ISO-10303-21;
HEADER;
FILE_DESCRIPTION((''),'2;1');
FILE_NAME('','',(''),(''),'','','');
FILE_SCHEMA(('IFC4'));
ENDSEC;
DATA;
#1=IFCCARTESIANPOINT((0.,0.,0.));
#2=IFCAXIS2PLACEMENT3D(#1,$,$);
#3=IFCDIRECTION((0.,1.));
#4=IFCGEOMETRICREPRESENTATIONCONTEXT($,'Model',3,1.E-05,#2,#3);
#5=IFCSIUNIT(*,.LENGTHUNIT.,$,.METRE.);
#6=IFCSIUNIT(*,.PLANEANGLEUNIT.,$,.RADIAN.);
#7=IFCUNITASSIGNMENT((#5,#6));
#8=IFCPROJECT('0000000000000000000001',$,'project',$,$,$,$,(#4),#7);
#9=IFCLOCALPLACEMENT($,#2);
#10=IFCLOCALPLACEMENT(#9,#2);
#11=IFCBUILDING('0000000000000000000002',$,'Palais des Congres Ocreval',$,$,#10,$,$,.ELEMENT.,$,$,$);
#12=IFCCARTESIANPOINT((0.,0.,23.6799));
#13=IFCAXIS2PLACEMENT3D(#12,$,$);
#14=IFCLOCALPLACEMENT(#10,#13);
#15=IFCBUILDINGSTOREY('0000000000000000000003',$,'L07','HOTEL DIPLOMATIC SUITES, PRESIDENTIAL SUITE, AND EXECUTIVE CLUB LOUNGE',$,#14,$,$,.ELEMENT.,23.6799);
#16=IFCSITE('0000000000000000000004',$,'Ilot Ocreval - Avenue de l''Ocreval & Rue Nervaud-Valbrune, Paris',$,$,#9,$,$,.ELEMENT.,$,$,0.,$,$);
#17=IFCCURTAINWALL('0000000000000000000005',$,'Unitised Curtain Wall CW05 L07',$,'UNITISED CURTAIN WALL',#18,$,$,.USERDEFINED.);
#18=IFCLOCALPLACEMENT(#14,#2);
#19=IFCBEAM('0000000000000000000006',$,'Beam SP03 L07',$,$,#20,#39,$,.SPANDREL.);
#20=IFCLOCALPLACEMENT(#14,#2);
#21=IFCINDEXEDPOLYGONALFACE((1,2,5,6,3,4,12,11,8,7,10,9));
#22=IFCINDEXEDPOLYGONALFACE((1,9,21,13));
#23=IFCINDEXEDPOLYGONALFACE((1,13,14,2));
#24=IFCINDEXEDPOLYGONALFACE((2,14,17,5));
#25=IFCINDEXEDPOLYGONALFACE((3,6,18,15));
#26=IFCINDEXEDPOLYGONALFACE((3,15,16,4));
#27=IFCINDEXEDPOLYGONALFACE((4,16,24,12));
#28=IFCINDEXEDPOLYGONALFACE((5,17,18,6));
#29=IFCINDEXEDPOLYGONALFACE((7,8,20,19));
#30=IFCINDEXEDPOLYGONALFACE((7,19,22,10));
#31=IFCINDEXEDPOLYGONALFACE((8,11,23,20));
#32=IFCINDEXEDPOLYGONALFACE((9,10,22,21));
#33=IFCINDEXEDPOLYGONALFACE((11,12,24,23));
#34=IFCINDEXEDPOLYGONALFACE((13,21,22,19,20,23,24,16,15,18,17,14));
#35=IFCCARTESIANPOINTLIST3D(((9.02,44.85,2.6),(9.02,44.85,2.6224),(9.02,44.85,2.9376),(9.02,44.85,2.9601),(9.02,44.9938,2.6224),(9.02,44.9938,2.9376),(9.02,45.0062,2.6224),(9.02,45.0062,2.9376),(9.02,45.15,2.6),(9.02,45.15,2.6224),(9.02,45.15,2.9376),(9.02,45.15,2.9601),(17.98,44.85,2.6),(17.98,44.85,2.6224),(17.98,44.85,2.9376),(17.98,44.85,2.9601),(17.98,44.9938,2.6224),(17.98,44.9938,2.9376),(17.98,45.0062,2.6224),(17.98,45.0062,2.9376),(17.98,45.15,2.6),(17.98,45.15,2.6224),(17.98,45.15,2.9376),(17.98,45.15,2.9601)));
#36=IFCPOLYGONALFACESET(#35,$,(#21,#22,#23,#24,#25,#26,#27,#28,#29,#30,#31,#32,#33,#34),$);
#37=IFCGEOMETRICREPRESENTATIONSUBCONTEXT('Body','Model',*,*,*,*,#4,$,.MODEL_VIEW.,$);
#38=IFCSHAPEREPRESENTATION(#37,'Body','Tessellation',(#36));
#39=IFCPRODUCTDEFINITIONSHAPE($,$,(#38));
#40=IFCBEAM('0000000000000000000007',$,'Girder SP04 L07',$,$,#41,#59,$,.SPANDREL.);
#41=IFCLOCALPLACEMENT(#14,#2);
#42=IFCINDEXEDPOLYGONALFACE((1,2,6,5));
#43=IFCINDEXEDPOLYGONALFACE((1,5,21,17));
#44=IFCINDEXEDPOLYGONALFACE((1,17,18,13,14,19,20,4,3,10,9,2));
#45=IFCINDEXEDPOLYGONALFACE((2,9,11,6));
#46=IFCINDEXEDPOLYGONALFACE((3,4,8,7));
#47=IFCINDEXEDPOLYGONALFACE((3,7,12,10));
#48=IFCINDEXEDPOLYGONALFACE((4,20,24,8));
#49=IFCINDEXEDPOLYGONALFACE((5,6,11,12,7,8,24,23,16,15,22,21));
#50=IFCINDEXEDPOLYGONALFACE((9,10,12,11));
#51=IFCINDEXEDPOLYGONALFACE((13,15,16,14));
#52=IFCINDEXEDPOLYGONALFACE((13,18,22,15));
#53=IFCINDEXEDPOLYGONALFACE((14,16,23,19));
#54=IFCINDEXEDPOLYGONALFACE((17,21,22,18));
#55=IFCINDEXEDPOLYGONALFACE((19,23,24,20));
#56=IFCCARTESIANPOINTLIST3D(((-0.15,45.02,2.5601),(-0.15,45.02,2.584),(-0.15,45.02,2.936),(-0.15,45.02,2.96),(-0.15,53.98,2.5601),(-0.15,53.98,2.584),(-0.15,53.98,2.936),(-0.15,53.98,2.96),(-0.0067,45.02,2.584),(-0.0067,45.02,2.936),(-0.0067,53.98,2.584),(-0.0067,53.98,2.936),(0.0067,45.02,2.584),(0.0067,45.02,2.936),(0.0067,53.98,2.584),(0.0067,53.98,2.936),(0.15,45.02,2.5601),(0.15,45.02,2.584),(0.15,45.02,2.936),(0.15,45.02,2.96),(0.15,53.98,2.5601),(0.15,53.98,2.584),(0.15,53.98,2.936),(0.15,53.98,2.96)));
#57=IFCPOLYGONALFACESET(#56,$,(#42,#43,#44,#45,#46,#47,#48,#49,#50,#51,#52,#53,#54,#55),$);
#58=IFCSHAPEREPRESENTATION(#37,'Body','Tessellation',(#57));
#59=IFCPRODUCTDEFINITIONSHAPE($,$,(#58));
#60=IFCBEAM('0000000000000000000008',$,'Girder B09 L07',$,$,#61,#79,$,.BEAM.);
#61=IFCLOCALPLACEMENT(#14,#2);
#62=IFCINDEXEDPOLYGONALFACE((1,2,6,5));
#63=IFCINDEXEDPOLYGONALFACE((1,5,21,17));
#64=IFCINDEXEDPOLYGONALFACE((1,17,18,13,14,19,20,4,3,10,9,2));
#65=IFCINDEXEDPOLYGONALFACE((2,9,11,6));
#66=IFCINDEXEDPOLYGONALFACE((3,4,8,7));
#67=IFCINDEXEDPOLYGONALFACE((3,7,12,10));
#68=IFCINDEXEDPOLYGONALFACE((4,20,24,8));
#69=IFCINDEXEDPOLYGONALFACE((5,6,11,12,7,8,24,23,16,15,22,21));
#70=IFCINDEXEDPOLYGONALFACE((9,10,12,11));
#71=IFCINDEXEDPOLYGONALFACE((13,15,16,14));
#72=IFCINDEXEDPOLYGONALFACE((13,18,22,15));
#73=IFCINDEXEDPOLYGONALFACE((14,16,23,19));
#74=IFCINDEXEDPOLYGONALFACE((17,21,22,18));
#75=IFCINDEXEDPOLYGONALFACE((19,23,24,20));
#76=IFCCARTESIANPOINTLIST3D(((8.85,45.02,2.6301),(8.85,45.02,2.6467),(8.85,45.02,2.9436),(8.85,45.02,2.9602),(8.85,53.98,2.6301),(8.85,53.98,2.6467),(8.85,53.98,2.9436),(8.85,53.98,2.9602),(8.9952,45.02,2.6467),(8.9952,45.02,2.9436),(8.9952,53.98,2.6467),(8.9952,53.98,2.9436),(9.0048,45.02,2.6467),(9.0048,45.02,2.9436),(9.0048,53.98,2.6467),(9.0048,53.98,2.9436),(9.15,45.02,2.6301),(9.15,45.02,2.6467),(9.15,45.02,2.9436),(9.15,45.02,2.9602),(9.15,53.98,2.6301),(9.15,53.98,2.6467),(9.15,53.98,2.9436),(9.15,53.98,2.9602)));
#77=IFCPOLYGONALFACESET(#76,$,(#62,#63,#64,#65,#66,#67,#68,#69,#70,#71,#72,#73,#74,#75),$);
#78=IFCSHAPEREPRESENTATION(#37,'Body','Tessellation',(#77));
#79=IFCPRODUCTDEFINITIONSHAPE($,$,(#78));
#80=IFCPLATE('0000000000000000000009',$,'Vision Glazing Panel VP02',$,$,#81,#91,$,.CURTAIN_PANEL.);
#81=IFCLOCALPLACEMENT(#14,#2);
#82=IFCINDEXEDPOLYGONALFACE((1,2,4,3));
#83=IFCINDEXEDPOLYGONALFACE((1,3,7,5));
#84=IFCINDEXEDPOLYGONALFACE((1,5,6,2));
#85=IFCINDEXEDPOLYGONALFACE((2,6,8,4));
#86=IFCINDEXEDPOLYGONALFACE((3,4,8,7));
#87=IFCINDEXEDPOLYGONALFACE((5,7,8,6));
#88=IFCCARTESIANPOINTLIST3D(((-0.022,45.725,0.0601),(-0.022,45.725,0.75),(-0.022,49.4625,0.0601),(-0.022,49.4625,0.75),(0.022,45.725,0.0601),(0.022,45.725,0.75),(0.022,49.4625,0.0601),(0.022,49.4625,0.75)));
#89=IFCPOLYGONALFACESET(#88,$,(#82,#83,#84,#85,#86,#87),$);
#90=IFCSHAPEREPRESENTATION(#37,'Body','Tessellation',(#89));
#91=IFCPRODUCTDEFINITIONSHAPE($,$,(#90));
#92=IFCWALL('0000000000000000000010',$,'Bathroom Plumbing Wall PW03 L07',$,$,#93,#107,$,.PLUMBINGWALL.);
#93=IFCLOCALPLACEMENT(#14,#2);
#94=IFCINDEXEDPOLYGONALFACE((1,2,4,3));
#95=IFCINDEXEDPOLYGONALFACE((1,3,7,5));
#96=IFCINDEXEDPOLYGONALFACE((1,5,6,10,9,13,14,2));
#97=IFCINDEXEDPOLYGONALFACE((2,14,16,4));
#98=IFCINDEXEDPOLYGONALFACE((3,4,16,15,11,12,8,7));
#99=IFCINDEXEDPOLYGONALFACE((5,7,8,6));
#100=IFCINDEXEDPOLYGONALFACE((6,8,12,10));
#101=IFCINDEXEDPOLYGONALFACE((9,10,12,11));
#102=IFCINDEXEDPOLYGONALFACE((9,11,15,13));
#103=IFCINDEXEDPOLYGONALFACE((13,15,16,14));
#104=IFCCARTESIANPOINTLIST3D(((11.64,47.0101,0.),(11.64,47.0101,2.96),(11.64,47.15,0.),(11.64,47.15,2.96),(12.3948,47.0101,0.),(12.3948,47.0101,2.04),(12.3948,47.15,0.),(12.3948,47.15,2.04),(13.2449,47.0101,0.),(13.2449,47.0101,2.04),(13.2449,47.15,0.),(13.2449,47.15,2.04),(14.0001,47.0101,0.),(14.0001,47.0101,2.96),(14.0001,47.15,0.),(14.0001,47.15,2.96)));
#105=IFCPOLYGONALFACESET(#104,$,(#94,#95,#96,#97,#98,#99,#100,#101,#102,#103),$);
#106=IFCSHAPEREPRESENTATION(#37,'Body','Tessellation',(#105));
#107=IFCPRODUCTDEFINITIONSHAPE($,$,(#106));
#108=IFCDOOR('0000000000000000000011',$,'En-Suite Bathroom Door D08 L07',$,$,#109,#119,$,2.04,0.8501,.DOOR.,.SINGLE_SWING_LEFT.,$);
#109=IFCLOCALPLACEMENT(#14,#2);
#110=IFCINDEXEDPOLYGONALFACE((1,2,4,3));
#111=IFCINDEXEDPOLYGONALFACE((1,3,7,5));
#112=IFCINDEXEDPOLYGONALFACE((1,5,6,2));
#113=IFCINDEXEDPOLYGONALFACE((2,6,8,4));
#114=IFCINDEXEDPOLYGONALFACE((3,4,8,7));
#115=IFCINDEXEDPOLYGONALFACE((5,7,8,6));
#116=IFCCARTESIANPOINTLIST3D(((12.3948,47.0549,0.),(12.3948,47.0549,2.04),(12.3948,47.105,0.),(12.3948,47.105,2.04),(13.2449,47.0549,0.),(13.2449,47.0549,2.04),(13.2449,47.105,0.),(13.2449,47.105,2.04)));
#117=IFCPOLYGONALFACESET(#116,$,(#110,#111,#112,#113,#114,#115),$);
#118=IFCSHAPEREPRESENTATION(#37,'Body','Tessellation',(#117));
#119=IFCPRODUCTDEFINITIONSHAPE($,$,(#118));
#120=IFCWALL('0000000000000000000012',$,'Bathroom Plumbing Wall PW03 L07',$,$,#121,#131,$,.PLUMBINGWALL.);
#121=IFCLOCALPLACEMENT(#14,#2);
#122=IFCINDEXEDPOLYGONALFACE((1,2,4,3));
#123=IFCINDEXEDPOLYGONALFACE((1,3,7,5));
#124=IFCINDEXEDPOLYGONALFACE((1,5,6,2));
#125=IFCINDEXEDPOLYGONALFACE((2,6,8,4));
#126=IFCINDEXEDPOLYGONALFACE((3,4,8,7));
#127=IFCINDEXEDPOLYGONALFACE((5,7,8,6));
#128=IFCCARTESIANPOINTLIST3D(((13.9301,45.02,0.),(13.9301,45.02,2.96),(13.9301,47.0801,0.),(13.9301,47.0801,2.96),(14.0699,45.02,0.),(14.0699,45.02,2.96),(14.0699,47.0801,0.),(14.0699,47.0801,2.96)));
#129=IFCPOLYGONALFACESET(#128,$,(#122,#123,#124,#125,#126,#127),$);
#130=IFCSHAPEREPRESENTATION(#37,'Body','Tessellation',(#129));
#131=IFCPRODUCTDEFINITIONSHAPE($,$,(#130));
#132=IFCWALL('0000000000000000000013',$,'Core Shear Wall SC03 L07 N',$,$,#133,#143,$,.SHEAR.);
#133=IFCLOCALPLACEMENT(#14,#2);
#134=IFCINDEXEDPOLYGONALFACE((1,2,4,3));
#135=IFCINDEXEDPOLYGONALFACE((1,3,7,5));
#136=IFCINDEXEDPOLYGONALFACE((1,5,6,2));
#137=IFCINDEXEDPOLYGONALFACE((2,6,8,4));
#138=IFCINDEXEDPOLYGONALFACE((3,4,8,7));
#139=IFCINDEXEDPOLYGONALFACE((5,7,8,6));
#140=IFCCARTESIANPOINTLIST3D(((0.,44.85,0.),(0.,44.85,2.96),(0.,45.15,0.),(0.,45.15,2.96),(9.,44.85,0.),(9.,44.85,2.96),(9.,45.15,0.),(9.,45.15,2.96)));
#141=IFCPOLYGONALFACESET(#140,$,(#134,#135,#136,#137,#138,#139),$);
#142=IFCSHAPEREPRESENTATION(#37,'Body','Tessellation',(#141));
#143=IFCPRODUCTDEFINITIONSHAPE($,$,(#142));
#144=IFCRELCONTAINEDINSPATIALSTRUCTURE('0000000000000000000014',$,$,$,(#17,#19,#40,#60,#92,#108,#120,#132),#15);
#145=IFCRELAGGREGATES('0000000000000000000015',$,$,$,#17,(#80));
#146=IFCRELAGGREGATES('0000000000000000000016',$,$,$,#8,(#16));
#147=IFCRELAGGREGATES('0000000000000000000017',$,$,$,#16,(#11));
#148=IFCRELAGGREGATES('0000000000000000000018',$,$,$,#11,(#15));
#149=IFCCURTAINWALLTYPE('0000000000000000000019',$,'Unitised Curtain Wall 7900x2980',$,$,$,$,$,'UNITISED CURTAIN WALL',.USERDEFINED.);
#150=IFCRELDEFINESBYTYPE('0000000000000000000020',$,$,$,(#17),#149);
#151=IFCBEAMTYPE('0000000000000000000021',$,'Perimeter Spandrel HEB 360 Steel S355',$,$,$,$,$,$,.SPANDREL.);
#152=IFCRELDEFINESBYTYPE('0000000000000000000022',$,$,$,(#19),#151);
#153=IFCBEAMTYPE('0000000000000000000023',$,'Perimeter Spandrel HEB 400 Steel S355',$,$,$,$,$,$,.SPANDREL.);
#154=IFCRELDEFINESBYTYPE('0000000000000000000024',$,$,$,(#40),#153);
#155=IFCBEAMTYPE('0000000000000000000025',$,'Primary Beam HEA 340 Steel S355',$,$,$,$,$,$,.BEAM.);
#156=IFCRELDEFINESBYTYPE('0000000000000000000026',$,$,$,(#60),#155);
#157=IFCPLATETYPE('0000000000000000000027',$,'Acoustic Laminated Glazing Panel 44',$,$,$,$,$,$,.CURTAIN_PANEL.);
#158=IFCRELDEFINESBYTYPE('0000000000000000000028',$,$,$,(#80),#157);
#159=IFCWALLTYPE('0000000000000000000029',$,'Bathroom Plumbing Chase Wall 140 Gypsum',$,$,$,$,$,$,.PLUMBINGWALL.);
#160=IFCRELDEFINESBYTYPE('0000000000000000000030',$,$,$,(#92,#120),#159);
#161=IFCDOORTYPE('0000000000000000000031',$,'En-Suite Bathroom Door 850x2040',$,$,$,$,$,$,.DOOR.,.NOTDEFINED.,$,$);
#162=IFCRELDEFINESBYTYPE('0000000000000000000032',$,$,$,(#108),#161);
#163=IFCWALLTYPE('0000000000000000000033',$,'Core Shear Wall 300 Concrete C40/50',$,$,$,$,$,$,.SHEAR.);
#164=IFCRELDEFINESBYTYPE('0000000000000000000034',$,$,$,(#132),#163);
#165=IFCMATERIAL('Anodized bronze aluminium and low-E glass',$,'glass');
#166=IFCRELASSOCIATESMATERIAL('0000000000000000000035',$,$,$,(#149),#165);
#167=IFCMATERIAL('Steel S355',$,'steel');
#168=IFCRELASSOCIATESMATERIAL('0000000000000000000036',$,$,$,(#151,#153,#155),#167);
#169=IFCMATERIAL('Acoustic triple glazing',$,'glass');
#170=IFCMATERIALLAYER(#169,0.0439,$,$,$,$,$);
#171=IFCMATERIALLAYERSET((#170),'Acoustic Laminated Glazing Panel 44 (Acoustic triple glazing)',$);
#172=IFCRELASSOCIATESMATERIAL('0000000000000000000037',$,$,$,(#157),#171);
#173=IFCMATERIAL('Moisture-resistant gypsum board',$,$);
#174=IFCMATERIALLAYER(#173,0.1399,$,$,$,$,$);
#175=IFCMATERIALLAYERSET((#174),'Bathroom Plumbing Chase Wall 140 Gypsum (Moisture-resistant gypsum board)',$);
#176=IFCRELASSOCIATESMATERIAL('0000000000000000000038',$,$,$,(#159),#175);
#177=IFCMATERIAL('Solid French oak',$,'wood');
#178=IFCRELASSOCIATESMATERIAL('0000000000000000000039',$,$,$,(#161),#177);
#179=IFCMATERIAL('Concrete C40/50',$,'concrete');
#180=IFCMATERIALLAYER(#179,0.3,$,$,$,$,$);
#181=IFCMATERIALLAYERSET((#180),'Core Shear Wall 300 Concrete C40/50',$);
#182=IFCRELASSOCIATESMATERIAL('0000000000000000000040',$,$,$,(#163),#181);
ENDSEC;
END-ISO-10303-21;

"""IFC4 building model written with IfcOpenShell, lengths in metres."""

from ifc_helpers import new_model, si_unit, direction, frame, frame_2d, origin, origin_2d, place, context, subcontext, project, spatial, rectangle, i_section, extrude, material, layer, layer_set, material_profile, profile_set, type_object, element, fill, aggregate, save


model = new_model("IFC4")

# Units and contexts
model_context = context("Model", 3, precision=1e-05, world=origin(), true_north=direction((0.0, 1.0)))
body_context = subcontext(model_context, "Body", "Model", "MODEL_VIEW")
ifc_project = project(units=[si_unit("LENGTHUNIT", "METRE"), si_unit("PLANEANGLEUNIT", "RADIAN")], contexts=[model_context])

# Site, building, storey
site_placement = place(None, origin())
site = spatial("IfcSite", under=ifc_project, at=site_placement, Name="Ilot Ocreval - Avenue de l'Ocreval & Rue Nervaud-Valbrune, Paris", CompositionType="ELEMENT", RefElevation=0.0)
building_placement = place(site_placement, origin())
building = spatial("IfcBuilding", under=site, at=building_placement, Name="Palais des Congres Ocreval", CompositionType="ELEMENT")
storey_placement = place(building_placement, frame((0.0, 0.0, 23.6799)))
storey = spatial("IfcBuildingStorey", under=building, at=storey_placement, Name="L07", Description="HOTEL DIPLOMATIC SUITES, PRESIDENTIAL SUITE, AND EXECUTIVE CLUB LOUNGE", CompositionType="ELEMENT", Elevation=23.6799)

# Shared definitions
ifc_material_1 = material(Name="Steel S355", Category="steel")

# Curtain wall
ifc_material_2 = material(Name="Anodized bronze aluminium and low-E glass", Category="glass")
curtain_wall_type = type_object("IfcCurtainWallType", Name="Unitised Curtain Wall 7900x2980", ElementType="UNITISED CURTAIN WALL", PredefinedType="USERDEFINED", material=ifc_material_2)
curtain_wall_placement = place(storey_placement, origin())
curtain_wall = element("IfcCurtainWall", 1, at=curtain_wall_placement, inside=storey, type_object=curtain_wall_type, Name="Unitised Curtain Wall CW05 L07", ObjectType="UNITISED CURTAIN WALL", PredefinedType="USERDEFINED")

# Beams
ifc_material_profile_1 = material_profile(ifc_material_1, i_section(OverallWidth=0.3, OverallDepth=0.3601, WebThickness=0.0125, FlangeThickness=0.0225, at=origin_2d()), Name="HEB 360")
ifc_profile_set_1 = profile_set([ifc_material_profile_1], Name="Steel S355")
beam_type_1 = type_object("IfcBeamType", Name="Perimeter Spandrel HEB 360 Steel S355", PredefinedType="SPANDREL", material=ifc_profile_set_1)
beam_1_placement = place(storey_placement, frame((9.02, 45.0, 2.78), z_axis=(1.0, 0.0, 0.0), x_axis=(0.0, 1.0, 0.0)))
element("IfcBeam", 2, at=beam_1_placement, inside=storey, type_object=beam_type_1, Name="Beam SP03 L07", PredefinedType="SPANDREL", context=body_context, shape_type="SweptSolid", body=[
    extrude(i_section(OverallWidth=0.3, OverallDepth=0.3601, WebThickness=0.0125, FlangeThickness=0.0225, at=origin_2d()), origin(), (0.0, 0.0, 1.0), 8.96),
])
ifc_material_profile_2 = material_profile(ifc_material_1, i_section(OverallWidth=0.3, OverallDepth=0.3999, WebThickness=0.0134, FlangeThickness=0.0239, at=origin_2d()), Name="HEB 400")
ifc_profile_set_2 = profile_set([ifc_material_profile_2], Name="Steel S355")
beam_type_2 = type_object("IfcBeamType", Name="Perimeter Spandrel HEB 400 Steel S355", PredefinedType="SPANDREL", material=ifc_profile_set_2)
beam_2_placement = place(storey_placement, frame((0.0, 45.02, 2.76), z_axis=(0.0, 1.0, 0.0), x_axis=(-1.0, 0.0, 0.0)))
element("IfcBeam", 3, at=beam_2_placement, inside=storey, type_object=beam_type_2, Name="Girder SP04 L07", PredefinedType="SPANDREL", context=body_context, shape_type="SweptSolid", body=[
    extrude(i_section(OverallWidth=0.3, OverallDepth=0.3999, WebThickness=0.0134, FlangeThickness=0.0239, at=origin_2d()), origin(), (0.0, 0.0, 1.0), 8.96),
])
ifc_material_profile_3 = material_profile(ifc_material_1, i_section(OverallWidth=0.3, OverallDepth=0.3301, WebThickness=0.0095, FlangeThickness=0.0166, at=origin_2d()), Name="HEA 340")
ifc_profile_set_3 = profile_set([ifc_material_profile_3], Name="Steel S355")
beam_type_3 = type_object("IfcBeamType", Name="Primary Beam HEA 340 Steel S355", PredefinedType="BEAM", material=ifc_profile_set_3)
beam_3_placement = place(storey_placement, frame((9.0, 45.02, 2.7952), z_axis=(0.0, 1.0, 0.0), x_axis=(-1.0, 0.0, 0.0)))
element("IfcBeam", 4, at=beam_3_placement, inside=storey, type_object=beam_type_3, Name="Girder B09 L07", PredefinedType="BEAM", context=body_context, shape_type="SweptSolid", body=[
    extrude(i_section(OverallWidth=0.3, OverallDepth=0.3301, WebThickness=0.0095, FlangeThickness=0.0166, at=origin_2d()), origin(), (0.0, 0.0, 1.0), 8.96),
])

# Plate
ifc_material_3 = material(Name="Acoustic triple glazing", Category="glass")
ifc_layer_1 = layer(ifc_material_3, 0.0439)
ifc_layer_set_1 = layer_set([ifc_layer_1], Name="Acoustic Laminated Glazing Panel 44 (Acoustic triple glazing)")
plate_type = type_object("IfcPlateType", Name="Acoustic Laminated Glazing Panel 44", PredefinedType="CURTAIN_PANEL", material=ifc_layer_set_1)
plate_placement = place(storey_placement, frame((0.0, 47.5938, 0.0601), z_axis=(0.0, 0.0, 1.0), x_axis=(0.0, 1.0, 0.0)))
plate = element("IfcPlate", 5, at=plate_placement, type_object=plate_type, Name="Vision Glazing Panel VP02", PredefinedType="CURTAIN_PANEL", context=body_context, shape_type="SweptSolid", body=[
    extrude(rectangle(XDim=3.7375, YDim=0.0439, at=origin_2d()), origin(), (0.0, 0.0, 1.0), 0.6899),
])
aggregate(curtain_wall, [plate])

# Wall, opening, door
ifc_material_4 = material(Name="Moisture-resistant gypsum board")
ifc_layer_2 = layer(ifc_material_4, 0.1399)
ifc_layer_set_2 = layer_set([ifc_layer_2], Name="Bathroom Plumbing Chase Wall 140 Gypsum (Moisture-resistant gypsum board)")
wall_type_1 = type_object("IfcWallType", Name="Bathroom Plumbing Chase Wall 140 Gypsum", PredefinedType="PLUMBINGWALL", material=ifc_layer_set_2)
wall_1_placement = place(storey_placement, frame((11.6399, 47.0801, 0.0), z_axis=(0.0, 0.0, 1.0), x_axis=(1.0, 0.0, 0.0)))
wall_1 = element("IfcWall", 6, at=wall_1_placement, inside=storey, type_object=wall_type_1, Name="Bathroom Plumbing Wall PW03 L07", PredefinedType="PLUMBINGWALL", context=body_context, shape_type="SweptSolid", body=[
    extrude(rectangle(XDim=2.3601, YDim=0.1399, at=frame_2d((1.1802, 0.0))), origin(), (0.0, 0.0, 1.0), 2.96),
])
opening_1_placement = place(wall_1_placement, frame((0.7549, 0.0, 0.0)))
opening_1 = element("IfcOpeningElement", 7, at=opening_1_placement, cuts=wall_1, PredefinedType="OPENING", context=body_context, shape_type="SweptSolid", body=[
    extrude(rectangle(XDim=0.8501, YDim=2.04, at=frame_2d((0.425, 1.02))), frame((0.0, 0.0798, 0.0), z_axis=(0.0, -1.0, 0.0), x_axis=(1.0, 0.0, 0.0)), (0.0, 0.0, 1.0), 0.1599),
])
ifc_material_5 = material(Name="Solid French oak", Category="wood")
door_type_1 = type_object("IfcDoorType", Name="En-Suite Bathroom Door 850x2040", OperationType="NOTDEFINED", PredefinedType="DOOR", material=ifc_material_5)
door_1_placement = place(opening_1_placement, origin())
door_1 = element("IfcDoor", 8, at=door_1_placement, inside=storey, type_object=door_type_1, Name="En-Suite Bathroom Door D08 L07", OperationType="SINGLE_SWING_LEFT", OverallHeight=2.04, OverallWidth=0.8501, PredefinedType="DOOR", context=body_context, shape_type="SweptSolid", body=[
    extrude(rectangle(XDim=0.8501, YDim=2.04, at=frame_2d((0.425, 1.02))), frame((0.0, 0.0249, 0.0), z_axis=(0.0, -1.0, 0.0), x_axis=(1.0, 0.0, 0.0)), (0.0, 0.0, 1.0), 0.05),
])
fill(opening_1, door_1)

# Walls
wall_2_placement = place(storey_placement, frame((14.0, 45.02, 0.0), z_axis=(0.0, 0.0, 1.0), x_axis=(0.0, 1.0, 0.0)))
element("IfcWall", 9, at=wall_2_placement, inside=storey, type_object=wall_type_1, Name="Bathroom Plumbing Wall PW03 L07", PredefinedType="PLUMBINGWALL", context=body_context, shape_type="SweptSolid", body=[
    extrude(rectangle(XDim=2.0601, YDim=0.1399, at=frame_2d((1.03, 0.0))), origin(), (0.0, 0.0, 1.0), 2.96),
])
ifc_material_6 = material(Name="Concrete C40/50", Category="concrete")
ifc_layer_3 = layer(ifc_material_6, 0.3)
ifc_layer_set_3 = layer_set([ifc_layer_3], Name="Core Shear Wall 300 Concrete C40/50")
wall_type_2 = type_object("IfcWallType", Name="Core Shear Wall 300 Concrete C40/50", PredefinedType="SHEAR", material=ifc_layer_set_3)
wall_3_placement = place(storey_placement, frame((0.0, 45.0, 0.0), z_axis=(0.0, 0.0, 1.0), x_axis=(1.0, 0.0, 0.0)))
element("IfcWall", 10, at=wall_3_placement, inside=storey, type_object=wall_type_2, Name="Core Shear Wall SC03 L07 N", PredefinedType="SHEAR", context=body_context, shape_type="SweptSolid", body=[
    extrude(rectangle(XDim=9.0, YDim=0.3, at=frame_2d((4.5, 0.0))), origin(), (0.0, 0.0, 1.0), 2.96),
])

save(model, "model.ifc")
